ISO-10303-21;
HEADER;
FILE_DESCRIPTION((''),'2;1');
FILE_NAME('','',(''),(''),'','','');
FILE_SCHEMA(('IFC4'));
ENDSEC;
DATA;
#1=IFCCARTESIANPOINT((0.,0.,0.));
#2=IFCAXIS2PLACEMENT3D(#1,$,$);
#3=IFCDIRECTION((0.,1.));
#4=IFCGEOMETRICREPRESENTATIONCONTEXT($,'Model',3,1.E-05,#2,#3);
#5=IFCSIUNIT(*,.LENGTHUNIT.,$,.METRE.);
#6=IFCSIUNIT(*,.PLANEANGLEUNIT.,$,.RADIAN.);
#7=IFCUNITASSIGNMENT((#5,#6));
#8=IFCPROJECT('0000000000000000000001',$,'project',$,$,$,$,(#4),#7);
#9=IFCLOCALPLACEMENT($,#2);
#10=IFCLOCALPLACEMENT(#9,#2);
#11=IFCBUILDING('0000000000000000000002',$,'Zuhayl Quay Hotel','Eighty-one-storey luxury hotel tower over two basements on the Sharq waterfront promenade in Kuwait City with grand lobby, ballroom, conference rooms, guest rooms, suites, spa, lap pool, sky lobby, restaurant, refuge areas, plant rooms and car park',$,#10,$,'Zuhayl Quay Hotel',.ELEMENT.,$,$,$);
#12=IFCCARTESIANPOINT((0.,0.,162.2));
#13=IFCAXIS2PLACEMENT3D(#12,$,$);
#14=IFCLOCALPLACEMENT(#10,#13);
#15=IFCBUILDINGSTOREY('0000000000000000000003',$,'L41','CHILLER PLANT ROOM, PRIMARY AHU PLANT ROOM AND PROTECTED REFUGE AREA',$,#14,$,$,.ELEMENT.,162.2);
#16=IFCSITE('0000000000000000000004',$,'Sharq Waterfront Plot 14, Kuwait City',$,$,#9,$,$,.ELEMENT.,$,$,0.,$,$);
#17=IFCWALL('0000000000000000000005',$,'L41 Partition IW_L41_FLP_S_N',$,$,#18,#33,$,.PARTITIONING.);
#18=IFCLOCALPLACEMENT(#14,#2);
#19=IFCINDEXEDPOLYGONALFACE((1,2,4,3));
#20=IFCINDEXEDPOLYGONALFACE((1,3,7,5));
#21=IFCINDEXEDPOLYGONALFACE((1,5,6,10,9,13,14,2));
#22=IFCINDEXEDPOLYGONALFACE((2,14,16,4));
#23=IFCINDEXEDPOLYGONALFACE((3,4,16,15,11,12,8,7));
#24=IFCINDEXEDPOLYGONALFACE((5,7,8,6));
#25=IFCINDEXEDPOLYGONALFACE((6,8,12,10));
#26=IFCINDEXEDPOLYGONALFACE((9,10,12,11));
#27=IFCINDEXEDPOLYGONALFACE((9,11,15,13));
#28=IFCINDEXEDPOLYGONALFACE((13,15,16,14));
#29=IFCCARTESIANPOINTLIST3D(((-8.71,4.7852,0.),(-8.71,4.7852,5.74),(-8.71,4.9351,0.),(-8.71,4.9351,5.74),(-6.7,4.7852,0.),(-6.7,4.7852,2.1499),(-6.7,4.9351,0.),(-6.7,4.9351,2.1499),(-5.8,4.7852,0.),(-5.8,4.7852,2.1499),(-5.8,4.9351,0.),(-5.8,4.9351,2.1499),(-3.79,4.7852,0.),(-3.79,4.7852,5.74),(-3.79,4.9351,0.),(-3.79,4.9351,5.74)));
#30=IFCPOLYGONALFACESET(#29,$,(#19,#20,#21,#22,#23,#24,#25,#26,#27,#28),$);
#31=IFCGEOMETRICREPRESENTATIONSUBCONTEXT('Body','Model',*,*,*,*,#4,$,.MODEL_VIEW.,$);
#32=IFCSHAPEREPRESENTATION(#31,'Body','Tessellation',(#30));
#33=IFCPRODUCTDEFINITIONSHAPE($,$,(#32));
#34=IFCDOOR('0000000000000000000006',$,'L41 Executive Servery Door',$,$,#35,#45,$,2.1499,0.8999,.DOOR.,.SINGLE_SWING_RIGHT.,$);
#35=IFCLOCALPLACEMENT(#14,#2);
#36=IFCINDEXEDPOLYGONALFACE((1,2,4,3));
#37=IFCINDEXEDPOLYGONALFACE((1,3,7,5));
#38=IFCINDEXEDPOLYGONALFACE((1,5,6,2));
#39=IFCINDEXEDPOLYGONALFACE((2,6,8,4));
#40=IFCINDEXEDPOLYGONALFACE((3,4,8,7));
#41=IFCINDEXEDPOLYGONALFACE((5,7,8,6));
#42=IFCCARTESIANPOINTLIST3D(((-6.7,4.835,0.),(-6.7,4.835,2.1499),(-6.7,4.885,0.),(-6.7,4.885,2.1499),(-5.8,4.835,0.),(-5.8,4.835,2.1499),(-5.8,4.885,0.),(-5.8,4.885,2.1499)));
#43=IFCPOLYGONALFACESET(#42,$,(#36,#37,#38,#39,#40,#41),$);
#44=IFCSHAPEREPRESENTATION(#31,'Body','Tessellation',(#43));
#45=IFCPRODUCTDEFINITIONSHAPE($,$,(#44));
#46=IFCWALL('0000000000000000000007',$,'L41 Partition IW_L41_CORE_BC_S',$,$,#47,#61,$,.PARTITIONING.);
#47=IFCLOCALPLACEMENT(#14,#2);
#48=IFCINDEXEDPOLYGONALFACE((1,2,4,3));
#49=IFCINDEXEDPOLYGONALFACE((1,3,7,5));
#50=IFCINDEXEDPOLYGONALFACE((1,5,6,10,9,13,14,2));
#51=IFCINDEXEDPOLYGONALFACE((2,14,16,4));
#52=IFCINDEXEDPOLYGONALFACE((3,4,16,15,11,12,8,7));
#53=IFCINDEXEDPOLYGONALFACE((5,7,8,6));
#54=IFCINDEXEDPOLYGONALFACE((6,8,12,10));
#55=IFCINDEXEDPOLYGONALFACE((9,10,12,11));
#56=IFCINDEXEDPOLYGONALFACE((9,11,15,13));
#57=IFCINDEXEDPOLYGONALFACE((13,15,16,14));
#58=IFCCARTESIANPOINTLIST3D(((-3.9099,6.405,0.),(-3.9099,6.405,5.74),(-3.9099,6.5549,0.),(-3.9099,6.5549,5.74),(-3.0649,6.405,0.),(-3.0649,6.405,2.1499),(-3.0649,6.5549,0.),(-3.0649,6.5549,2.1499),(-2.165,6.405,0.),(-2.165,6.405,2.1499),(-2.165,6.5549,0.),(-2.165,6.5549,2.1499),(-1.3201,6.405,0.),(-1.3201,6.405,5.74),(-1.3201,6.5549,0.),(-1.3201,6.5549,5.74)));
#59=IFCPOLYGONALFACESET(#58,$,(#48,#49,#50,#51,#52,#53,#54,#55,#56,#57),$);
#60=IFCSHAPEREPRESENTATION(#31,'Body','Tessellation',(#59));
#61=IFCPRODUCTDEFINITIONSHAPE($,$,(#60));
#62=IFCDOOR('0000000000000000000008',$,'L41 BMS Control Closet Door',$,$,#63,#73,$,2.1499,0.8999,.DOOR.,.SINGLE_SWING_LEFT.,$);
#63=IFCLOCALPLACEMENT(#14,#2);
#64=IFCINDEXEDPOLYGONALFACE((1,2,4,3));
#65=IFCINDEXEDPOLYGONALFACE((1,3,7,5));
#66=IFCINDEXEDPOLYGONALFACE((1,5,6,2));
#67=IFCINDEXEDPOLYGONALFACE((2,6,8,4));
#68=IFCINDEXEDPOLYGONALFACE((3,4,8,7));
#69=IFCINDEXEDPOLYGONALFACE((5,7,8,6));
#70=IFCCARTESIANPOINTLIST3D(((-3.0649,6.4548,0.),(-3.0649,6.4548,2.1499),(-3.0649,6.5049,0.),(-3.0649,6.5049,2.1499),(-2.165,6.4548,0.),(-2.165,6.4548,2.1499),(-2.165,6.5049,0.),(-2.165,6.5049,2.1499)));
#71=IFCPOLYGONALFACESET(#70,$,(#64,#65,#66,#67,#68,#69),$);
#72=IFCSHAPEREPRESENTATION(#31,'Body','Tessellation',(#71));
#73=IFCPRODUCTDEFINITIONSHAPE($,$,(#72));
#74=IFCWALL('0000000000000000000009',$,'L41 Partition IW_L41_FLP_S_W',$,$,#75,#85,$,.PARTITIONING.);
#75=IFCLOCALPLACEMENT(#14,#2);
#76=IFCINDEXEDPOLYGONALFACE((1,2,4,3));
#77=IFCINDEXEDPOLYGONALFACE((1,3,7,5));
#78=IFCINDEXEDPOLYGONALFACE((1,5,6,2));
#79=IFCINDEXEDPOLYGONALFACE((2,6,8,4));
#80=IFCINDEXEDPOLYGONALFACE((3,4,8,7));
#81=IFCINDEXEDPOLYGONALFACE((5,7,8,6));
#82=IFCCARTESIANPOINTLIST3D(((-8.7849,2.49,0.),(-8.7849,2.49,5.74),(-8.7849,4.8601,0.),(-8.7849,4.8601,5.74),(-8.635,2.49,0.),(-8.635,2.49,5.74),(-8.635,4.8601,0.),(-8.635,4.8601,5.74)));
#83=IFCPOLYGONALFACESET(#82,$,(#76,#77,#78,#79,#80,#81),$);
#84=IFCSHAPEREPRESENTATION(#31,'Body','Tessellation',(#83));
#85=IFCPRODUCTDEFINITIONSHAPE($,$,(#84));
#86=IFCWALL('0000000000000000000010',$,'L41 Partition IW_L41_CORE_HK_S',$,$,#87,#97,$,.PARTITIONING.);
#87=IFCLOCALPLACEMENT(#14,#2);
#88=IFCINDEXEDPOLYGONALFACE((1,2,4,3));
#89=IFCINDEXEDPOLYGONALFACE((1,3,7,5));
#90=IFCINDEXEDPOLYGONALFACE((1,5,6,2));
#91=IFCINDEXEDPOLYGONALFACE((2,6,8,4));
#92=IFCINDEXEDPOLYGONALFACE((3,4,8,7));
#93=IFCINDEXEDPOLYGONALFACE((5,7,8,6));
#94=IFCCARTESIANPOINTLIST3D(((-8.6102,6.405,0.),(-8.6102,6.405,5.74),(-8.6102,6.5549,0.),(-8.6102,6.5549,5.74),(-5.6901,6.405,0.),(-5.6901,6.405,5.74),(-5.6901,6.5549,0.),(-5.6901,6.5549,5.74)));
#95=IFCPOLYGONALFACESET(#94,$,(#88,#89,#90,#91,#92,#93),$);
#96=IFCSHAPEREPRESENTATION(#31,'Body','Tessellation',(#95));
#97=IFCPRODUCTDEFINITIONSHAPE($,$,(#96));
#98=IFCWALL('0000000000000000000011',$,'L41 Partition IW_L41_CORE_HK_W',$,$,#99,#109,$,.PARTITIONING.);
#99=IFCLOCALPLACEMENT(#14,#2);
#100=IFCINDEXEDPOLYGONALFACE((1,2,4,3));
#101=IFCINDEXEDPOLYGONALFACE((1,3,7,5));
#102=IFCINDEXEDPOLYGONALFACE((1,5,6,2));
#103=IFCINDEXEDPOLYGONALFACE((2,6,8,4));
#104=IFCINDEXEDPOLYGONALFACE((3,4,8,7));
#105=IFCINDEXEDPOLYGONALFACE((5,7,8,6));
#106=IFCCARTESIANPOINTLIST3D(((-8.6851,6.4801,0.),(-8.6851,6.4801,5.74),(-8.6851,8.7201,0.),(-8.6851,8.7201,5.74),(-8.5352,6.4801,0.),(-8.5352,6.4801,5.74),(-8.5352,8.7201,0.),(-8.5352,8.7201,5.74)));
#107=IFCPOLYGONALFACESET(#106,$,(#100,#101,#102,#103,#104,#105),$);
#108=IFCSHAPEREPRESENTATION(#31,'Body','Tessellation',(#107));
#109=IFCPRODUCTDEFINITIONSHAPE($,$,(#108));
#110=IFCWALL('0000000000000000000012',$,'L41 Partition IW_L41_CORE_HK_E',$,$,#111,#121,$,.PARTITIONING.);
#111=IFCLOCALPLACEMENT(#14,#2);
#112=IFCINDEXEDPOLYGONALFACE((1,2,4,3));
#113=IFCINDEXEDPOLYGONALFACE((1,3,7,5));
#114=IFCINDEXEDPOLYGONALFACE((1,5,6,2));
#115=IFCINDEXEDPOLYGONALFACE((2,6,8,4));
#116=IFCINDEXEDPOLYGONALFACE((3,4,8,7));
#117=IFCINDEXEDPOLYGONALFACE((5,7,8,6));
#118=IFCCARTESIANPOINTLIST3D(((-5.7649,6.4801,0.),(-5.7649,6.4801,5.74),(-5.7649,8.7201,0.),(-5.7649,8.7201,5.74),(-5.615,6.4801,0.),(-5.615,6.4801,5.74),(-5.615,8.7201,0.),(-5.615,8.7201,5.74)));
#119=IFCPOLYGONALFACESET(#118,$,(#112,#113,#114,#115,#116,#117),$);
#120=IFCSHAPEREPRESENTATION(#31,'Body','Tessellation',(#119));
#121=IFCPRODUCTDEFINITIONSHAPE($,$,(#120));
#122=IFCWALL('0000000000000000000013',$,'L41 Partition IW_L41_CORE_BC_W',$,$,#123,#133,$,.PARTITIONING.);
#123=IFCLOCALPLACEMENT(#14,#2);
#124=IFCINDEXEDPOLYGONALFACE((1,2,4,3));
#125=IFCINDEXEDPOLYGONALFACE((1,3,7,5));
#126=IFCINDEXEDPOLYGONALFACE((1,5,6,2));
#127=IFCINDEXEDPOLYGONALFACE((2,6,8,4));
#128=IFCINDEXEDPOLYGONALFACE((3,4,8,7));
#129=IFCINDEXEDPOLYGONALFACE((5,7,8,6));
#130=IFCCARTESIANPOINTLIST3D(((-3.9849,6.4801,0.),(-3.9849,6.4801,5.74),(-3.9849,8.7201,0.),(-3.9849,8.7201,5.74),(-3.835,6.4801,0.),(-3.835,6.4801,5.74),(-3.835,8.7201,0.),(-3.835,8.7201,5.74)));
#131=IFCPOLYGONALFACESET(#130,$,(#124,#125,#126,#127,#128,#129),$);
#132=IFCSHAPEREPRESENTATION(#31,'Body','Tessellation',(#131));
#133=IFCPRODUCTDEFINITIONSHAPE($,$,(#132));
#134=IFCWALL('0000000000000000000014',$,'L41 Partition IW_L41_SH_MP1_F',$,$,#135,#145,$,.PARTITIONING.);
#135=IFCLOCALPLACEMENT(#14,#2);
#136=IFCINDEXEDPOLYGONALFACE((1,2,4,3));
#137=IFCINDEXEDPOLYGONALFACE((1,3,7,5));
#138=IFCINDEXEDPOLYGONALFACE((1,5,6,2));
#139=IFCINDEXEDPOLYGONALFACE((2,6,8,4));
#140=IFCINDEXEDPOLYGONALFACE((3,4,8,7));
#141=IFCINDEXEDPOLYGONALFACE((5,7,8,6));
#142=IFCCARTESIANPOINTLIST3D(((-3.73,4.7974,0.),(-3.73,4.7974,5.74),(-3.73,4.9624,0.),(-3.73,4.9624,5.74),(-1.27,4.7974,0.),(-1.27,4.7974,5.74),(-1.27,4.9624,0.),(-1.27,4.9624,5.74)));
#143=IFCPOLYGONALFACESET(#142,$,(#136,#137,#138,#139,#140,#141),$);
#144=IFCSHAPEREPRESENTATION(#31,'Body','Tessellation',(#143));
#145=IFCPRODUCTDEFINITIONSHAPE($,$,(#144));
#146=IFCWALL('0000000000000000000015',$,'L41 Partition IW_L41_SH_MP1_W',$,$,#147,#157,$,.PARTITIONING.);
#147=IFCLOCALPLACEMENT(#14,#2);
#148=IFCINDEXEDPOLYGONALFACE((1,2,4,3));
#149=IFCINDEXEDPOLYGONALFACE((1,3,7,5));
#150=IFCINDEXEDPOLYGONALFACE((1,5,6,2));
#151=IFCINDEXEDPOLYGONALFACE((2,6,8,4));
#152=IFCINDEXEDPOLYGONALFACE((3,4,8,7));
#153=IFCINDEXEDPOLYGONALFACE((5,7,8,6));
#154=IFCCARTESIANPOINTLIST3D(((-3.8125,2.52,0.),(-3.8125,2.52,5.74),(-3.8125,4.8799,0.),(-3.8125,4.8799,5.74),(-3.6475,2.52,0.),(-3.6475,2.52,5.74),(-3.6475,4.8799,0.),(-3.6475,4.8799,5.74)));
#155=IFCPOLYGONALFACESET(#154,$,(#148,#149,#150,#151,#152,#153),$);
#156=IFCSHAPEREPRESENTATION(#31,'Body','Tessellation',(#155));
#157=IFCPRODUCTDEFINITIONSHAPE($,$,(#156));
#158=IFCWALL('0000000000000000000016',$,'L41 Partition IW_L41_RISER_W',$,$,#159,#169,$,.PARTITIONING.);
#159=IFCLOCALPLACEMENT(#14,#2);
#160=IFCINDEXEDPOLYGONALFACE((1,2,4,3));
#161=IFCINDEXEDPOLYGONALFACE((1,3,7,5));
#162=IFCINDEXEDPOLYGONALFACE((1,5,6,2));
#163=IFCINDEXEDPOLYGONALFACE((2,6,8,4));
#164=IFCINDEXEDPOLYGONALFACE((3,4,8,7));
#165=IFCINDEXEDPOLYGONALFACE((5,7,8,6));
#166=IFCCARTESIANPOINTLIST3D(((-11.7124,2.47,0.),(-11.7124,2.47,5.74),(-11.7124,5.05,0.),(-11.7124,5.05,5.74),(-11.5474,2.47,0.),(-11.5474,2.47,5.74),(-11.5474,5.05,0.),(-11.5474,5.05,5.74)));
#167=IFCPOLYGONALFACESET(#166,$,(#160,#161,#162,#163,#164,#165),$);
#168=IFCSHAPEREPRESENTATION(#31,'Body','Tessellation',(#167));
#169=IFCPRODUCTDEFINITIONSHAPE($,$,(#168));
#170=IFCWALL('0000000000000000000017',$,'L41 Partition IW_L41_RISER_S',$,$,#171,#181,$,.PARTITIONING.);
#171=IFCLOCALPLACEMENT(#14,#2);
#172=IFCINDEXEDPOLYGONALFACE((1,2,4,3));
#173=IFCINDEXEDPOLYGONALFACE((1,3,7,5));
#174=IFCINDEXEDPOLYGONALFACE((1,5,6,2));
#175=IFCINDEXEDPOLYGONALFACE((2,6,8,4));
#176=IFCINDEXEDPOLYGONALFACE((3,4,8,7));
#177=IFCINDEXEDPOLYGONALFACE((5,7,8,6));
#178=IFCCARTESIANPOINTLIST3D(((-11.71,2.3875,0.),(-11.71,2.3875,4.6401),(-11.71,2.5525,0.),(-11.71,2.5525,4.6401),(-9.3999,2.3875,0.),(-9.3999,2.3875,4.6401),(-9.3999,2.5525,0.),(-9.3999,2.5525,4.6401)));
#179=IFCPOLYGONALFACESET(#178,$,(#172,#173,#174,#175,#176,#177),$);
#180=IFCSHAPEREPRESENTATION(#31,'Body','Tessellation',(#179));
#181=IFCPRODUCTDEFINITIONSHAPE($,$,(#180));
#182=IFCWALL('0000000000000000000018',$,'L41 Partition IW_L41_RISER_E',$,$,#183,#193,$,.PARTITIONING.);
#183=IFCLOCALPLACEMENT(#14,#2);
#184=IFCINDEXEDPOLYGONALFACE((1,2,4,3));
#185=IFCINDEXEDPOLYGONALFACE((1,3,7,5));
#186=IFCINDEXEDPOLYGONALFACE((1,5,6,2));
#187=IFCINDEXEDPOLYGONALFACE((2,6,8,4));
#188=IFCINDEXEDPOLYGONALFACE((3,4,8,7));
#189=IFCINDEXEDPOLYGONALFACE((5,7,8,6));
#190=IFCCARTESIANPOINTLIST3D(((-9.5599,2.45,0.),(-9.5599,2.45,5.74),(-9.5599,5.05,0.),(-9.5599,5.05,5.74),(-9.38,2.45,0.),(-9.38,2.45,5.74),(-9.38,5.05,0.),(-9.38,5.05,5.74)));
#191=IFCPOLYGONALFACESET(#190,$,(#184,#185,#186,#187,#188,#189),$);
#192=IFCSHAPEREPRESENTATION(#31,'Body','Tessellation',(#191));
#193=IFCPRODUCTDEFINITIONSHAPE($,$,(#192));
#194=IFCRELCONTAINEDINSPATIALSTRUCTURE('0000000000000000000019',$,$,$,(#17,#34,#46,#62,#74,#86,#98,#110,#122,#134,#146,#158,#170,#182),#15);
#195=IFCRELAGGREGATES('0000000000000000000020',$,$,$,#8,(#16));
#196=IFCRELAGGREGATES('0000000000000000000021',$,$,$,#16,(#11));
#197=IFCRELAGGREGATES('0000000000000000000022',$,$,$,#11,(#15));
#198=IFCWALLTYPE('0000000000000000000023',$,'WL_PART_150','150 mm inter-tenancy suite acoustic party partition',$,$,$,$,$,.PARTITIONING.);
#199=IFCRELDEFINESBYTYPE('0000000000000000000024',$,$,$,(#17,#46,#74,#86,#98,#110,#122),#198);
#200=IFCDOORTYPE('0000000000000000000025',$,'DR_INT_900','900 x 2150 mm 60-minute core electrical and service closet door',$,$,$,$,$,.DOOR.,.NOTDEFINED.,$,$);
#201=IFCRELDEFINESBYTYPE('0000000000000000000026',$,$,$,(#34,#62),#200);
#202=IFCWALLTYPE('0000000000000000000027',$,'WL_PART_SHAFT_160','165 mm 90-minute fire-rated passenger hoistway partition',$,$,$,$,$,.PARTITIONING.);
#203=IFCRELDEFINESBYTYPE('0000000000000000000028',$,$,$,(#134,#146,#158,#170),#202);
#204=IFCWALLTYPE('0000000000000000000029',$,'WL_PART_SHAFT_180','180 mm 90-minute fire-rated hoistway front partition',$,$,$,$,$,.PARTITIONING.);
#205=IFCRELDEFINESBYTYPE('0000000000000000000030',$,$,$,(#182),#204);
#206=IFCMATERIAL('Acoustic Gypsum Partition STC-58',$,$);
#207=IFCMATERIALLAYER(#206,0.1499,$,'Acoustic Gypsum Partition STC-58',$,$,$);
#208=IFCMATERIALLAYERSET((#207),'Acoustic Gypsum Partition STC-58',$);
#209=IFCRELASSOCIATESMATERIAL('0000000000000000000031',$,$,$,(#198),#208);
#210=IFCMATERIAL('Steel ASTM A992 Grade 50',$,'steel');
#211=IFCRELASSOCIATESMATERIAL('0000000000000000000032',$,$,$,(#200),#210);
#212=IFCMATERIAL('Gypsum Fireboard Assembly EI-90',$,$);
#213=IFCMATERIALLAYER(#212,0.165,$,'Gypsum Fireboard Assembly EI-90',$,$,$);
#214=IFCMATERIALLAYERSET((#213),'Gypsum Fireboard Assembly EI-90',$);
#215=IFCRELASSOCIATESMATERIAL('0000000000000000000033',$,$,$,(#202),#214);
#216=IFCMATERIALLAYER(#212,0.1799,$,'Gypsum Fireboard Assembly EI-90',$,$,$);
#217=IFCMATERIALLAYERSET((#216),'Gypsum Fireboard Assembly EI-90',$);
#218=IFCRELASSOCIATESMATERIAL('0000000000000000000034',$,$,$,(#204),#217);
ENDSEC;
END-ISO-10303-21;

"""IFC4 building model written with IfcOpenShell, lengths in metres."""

from ifc_helpers import new_model, si_unit, direction, frame, frame_2d, origin, place, context, subcontext, project, spatial, rectangle, extrude, material, layer, layer_set, type_object, element, fill, save


model = new_model("IFC4")

# Units and contexts
model_context = context("Model", 3, precision=1e-05, world=origin(), true_north=direction((0.0, 1.0)))
body_context = subcontext(model_context, "Body", "Model", "MODEL_VIEW")
ifc_project = project(units=[si_unit("LENGTHUNIT", "METRE"), si_unit("PLANEANGLEUNIT", "RADIAN")], contexts=[model_context])

# Site, building, storey
site_placement = place(None, origin())
site = spatial("IfcSite", under=ifc_project, at=site_placement, Name="Sharq Waterfront Plot 14, Kuwait City", CompositionType="ELEMENT", RefElevation=0.0)
building_placement = place(site_placement, origin())
building = spatial("IfcBuilding", under=site, at=building_placement, Name="Zuhayl Quay Hotel", Description="Eighty-one-storey luxury hotel tower over two basements on the Sharq waterfront promenade in Kuwait City with grand lobby, ballroom, conference rooms, guest rooms, suites, spa, lap pool, sky lobby, restaurant, refuge areas, plant rooms and car park", LongName="Zuhayl Quay Hotel", CompositionType="ELEMENT")
storey_placement = place(building_placement, frame((0.0, 0.0, 162.2)))
storey = spatial("IfcBuildingStorey", under=building, at=storey_placement, Name="L41", Description="CHILLER PLANT ROOM, PRIMARY AHU PLANT ROOM AND PROTECTED REFUGE AREA", CompositionType="ELEMENT", Elevation=162.2)

# Shared definitions
ifc_material_1 = material(Name="Steel ASTM A992 Grade 50", Category="steel")

# Walls, openings, doors
ifc_material_2 = material(Name="Acoustic Gypsum Partition STC-58")
ifc_layer_1 = layer(ifc_material_2, 0.1499, Name="Acoustic Gypsum Partition STC-58")
ifc_layer_set_1 = layer_set([ifc_layer_1], Name="Acoustic Gypsum Partition STC-58")
wall_type_1 = type_object("IfcWallType", Name="WL_PART_150", Description="150 mm inter-tenancy suite acoustic party partition", PredefinedType="PARTITIONING", material=ifc_layer_set_1)
wall_1_placement = place(storey_placement, frame((-8.71, 4.8601, 0.0), z_axis=(0.0, 0.0, 1.0), x_axis=(1.0, 0.0, 0.0)))
wall_1 = element("IfcWall", 1, at=wall_1_placement, inside=storey, type_object=wall_type_1, Name="L41 Partition IW_L41_FLP_S_N", PredefinedType="PARTITIONING", context=body_context, shape_type="SweptSolid", body=[
    extrude(rectangle(XDim=4.9199, YDim=0.1499, at=frame_2d((2.46, 0.0))), origin(), (0.0, 0.0, 1.0), 5.74),
])
opening_1_placement = place(wall_1_placement, frame((2.01, 0.0, 0.0)))
opening_1 = element("IfcOpeningElement", 2, at=opening_1_placement, cuts=wall_1, PredefinedType="OPENING", context=body_context, shape_type="SweptSolid", body=[
    extrude(rectangle(XDim=0.8999, YDim=2.1499, at=frame_2d((0.45, 1.075))), frame((0.0, 0.085, 0.0), z_axis=(0.0, -1.0, 0.0), x_axis=(1.0, 0.0, 0.0)), (0.0, 0.0, 1.0), 0.1699),
])
door_type_1 = type_object("IfcDoorType", Name="DR_INT_900", Description="900 x 2150 mm 60-minute core electrical and service closet door", OperationType="NOTDEFINED", PredefinedType="DOOR", material=ifc_material_1)
door_1_placement = place(opening_1_placement, origin())
door_1 = element("IfcDoor", 3, at=door_1_placement, inside=storey, type_object=door_type_1, Name="L41 Executive Servery Door", OperationType="SINGLE_SWING_RIGHT", OverallHeight=2.1499, OverallWidth=0.8999, PredefinedType="DOOR", context=body_context, shape_type="SweptSolid", body=[
    extrude(rectangle(XDim=0.8999, YDim=2.1499, at=frame_2d((0.45, 1.075))), frame((0.0, 0.0249, 0.0), z_axis=(0.0, -1.0, 0.0), x_axis=(1.0, 0.0, 0.0)), (0.0, 0.0, 1.0), 0.05),
])
fill(opening_1, door_1)
wall_2_placement = place(storey_placement, frame((-3.9099, 6.48, 0.0), z_axis=(0.0, 0.0, 1.0), x_axis=(1.0, 0.0, 0.0)))
wall_2 = element("IfcWall", 4, at=wall_2_placement, inside=storey, type_object=wall_type_1, Name="L41 Partition IW_L41_CORE_BC_S", PredefinedType="PARTITIONING", context=body_context, shape_type="SweptSolid", body=[
    extrude(rectangle(XDim=2.5898, YDim=0.1499, at=frame_2d((1.2949, 0.0))), origin(), (0.0, 0.0, 1.0), 5.74),
])
opening_2_placement = place(wall_2_placement, frame((0.845, 0.0, 0.0)))
opening_2 = element("IfcOpeningElement", 5, at=opening_2_placement, cuts=wall_2, PredefinedType="OPENING", context=body_context, shape_type="SweptSolid", body=[
    extrude(rectangle(XDim=0.8999, YDim=2.1499, at=frame_2d((0.45, 1.075))), frame((0.0, 0.085, 0.0), z_axis=(0.0, -1.0, 0.0), x_axis=(1.0, 0.0, 0.0)), (0.0, 0.0, 1.0), 0.1699),
])
door_2_placement = place(opening_2_placement, origin())
door_2 = element("IfcDoor", 6, at=door_2_placement, inside=storey, type_object=door_type_1, Name="L41 BMS Control Closet Door", OperationType="SINGLE_SWING_LEFT", OverallHeight=2.1499, OverallWidth=0.8999, PredefinedType="DOOR", context=body_context, shape_type="SweptSolid", body=[
    extrude(rectangle(XDim=0.8999, YDim=2.1499, at=frame_2d((0.45, 1.075))), frame((0.0, 0.0249, 0.0), z_axis=(0.0, -1.0, 0.0), x_axis=(1.0, 0.0, 0.0)), (0.0, 0.0, 1.0), 0.05),
])
fill(opening_2, door_2)

# Walls
wall_3_placement = place(storey_placement, frame((-8.71, 2.49, 0.0), z_axis=(0.0, 0.0, 1.0), x_axis=(0.0, 1.0, 0.0)))
element("IfcWall", 7, at=wall_3_placement, inside=storey, type_object=wall_type_1, Name="L41 Partition IW_L41_FLP_S_W", PredefinedType="PARTITIONING", context=body_context, shape_type="SweptSolid", body=[
    extrude(rectangle(XDim=2.3701, YDim=0.1499, at=frame_2d((1.1851, 0.0))), origin(), (0.0, 0.0, 1.0), 5.74),
])
wall_4_placement = place(storey_placement, frame((-8.6101, 6.48, 0.0), z_axis=(0.0, 0.0, 1.0), x_axis=(1.0, 0.0, 0.0)))
element("IfcWall", 8, at=wall_4_placement, inside=storey, type_object=wall_type_1, Name="L41 Partition IW_L41_CORE_HK_S", PredefinedType="PARTITIONING", context=body_context, shape_type="SweptSolid", body=[
    extrude(rectangle(XDim=2.9202, YDim=0.1499, at=frame_2d((1.46, 0.0))), origin(), (0.0, 0.0, 1.0), 5.74),
])
for number, where, z_axis, x_axis, name in (
    (9, (-8.6101, 6.48, 0.0), (0.0, 0.0, 1.0), (0.0, 1.0, 0.0), "L41 Partition IW_L41_CORE_HK_W"),
    (10, (-5.6899, 6.48, 0.0), (0.0, 0.0, 1.0), (0.0, 1.0, 0.0), "L41 Partition IW_L41_CORE_HK_E"),
    (11, (-3.9099, 6.48, 0.0), (0.0, 0.0, 1.0), (0.0, 1.0, 0.0), "L41 Partition IW_L41_CORE_BC_W"),
):
    element("IfcWall", number, at=place(storey_placement, frame(where, z_axis=z_axis, x_axis=x_axis)), inside=storey, type_object=wall_type_1, Name=name, PredefinedType="PARTITIONING", context=body_context, shape_type="SweptSolid", body=[
        extrude(rectangle(XDim=2.24, YDim=0.1499, at=frame_2d((1.1201, 0.0))), origin(), (0.0, 0.0, 1.0), 5.74),
    ])
ifc_material_3 = material(Name="Gypsum Fireboard Assembly EI-90")
ifc_layer_2 = layer(ifc_material_3, 0.165, Name="Gypsum Fireboard Assembly EI-90")
ifc_layer_set_2 = layer_set([ifc_layer_2], Name="Gypsum Fireboard Assembly EI-90")
wall_type_2 = type_object("IfcWallType", Name="WL_PART_SHAFT_160", Description="165 mm 90-minute fire-rated passenger hoistway partition", PredefinedType="PARTITIONING", material=ifc_layer_set_2)
wall_5_placement = place(storey_placement, frame((-3.73, 4.8799, 0.0), z_axis=(0.0, 0.0, 1.0), x_axis=(1.0, 0.0, 0.0)))
element("IfcWall", 12, at=wall_5_placement, inside=storey, type_object=wall_type_2, Name="L41 Partition IW_L41_SH_MP1_F", PredefinedType="PARTITIONING", context=body_context, shape_type="SweptSolid", body=[
    extrude(rectangle(XDim=2.46, YDim=0.165, at=frame_2d((1.23, 0.0))), origin(), (0.0, 0.0, 1.0), 5.74),
])
wall_6_placement = place(storey_placement, frame((-3.73, 2.52, 0.0), z_axis=(0.0, 0.0, 1.0), x_axis=(0.0, 1.0, 0.0)))
element("IfcWall", 13, at=wall_6_placement, inside=storey, type_object=wall_type_2, Name="L41 Partition IW_L41_SH_MP1_W", PredefinedType="PARTITIONING", context=body_context, shape_type="SweptSolid", body=[
    extrude(rectangle(XDim=2.3599, YDim=0.165, at=frame_2d((1.1799, 0.0))), origin(), (0.0, 0.0, 1.0), 5.74),
])
wall_7_placement = place(storey_placement, frame((-11.6299, 2.47, 0.0), z_axis=(0.0, 0.0, 1.0), x_axis=(0.0, 1.0, 0.0)))
element("IfcWall", 14, at=wall_7_placement, inside=storey, type_object=wall_type_2, Name="L41 Partition IW_L41_RISER_W", PredefinedType="PARTITIONING", context=body_context, shape_type="SweptSolid", body=[
    extrude(rectangle(XDim=2.5801, YDim=0.165, at=frame_2d((1.29, 0.0))), origin(), (0.0, 0.0, 1.0), 5.74),
])
wall_8_placement = place(storey_placement, frame((-11.71, 2.47, 0.0), z_axis=(0.0, 0.0, 1.0), x_axis=(1.0, 0.0, 0.0)))
element("IfcWall", 15, at=wall_8_placement, inside=storey, type_object=wall_type_2, Name="L41 Partition IW_L41_RISER_S", PredefinedType="PARTITIONING", context=body_context, shape_type="SweptSolid", body=[
    extrude(rectangle(XDim=2.3101, YDim=0.165, at=frame_2d((1.155, 0.0))), origin(), (0.0, 0.0, 1.0), 4.6401),
])
ifc_layer_3 = layer(ifc_material_3, 0.1799, Name="Gypsum Fireboard Assembly EI-90")
ifc_layer_set_3 = layer_set([ifc_layer_3], Name="Gypsum Fireboard Assembly EI-90")
wall_type_3 = type_object("IfcWallType", Name="WL_PART_SHAFT_180", Description="180 mm 90-minute fire-rated hoistway front partition", PredefinedType="PARTITIONING", material=ifc_layer_set_3)
wall_9_placement = place(storey_placement, frame((-9.47, 2.45, 0.0), z_axis=(0.0, 0.0, 1.0), x_axis=(0.0, 1.0, 0.0)))
element("IfcWall", 16, at=wall_9_placement, inside=storey, type_object=wall_type_3, Name="L41 Partition IW_L41_RISER_E", PredefinedType="PARTITIONING", context=body_context, shape_type="SweptSolid", body=[
    extrude(rectangle(XDim=2.6001, YDim=0.1799, at=frame_2d((1.3, 0.0))), origin(), (0.0, 0.0, 1.0), 5.74),
])

save(model, "model.ifc")
